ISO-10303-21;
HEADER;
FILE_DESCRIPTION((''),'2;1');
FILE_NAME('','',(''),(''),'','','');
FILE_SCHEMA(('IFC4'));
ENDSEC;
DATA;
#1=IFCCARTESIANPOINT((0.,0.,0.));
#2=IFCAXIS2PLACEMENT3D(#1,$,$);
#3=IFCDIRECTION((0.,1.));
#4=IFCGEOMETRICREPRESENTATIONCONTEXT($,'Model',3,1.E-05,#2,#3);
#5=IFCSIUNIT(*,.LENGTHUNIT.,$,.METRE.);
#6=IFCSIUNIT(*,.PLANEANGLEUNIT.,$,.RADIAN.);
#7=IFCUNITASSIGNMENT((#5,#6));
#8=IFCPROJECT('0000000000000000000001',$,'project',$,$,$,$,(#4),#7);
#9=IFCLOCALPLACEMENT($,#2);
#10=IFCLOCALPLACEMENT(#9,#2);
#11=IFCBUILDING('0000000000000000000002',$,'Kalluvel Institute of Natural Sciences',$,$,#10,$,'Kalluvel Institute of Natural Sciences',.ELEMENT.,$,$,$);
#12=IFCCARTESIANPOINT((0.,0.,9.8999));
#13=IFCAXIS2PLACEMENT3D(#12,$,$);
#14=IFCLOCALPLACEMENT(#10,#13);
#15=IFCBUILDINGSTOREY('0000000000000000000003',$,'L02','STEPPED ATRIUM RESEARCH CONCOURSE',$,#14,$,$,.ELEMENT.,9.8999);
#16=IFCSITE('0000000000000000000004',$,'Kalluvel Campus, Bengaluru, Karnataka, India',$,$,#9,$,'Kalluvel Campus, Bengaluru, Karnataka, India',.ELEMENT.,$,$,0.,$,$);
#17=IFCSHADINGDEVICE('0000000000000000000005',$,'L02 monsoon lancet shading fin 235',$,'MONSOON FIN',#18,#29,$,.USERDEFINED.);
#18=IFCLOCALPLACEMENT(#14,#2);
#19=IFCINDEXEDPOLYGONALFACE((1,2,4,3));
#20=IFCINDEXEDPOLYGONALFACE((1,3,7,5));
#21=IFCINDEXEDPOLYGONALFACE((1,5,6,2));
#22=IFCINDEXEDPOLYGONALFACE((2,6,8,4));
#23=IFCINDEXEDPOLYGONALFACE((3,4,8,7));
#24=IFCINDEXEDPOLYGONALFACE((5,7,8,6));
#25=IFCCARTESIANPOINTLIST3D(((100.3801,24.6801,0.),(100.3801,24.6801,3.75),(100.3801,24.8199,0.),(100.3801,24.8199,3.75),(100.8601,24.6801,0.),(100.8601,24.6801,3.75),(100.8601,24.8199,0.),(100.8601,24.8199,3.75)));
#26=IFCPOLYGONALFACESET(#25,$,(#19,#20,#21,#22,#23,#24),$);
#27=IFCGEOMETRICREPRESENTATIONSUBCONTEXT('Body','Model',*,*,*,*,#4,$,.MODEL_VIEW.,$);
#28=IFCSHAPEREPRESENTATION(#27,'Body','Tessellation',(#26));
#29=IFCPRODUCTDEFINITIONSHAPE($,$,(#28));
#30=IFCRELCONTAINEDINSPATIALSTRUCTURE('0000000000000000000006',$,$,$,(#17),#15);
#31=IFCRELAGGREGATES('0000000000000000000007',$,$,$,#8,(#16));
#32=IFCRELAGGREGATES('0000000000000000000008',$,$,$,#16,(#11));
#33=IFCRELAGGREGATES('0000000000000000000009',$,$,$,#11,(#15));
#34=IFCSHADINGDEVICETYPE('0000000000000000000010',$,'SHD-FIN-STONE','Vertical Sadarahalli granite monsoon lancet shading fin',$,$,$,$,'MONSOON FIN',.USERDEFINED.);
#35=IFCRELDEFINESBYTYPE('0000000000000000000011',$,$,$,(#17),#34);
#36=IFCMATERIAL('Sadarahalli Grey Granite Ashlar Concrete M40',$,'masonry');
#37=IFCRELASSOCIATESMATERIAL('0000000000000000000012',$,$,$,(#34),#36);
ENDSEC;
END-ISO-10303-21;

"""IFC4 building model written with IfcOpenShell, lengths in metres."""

from ifc_helpers import new_model, si_unit, direction, frame, origin, origin_2d, place, context, subcontext, project, spatial, rectangle, extrude, material, type_object, element, save


model = new_model("IFC4")

# Units and contexts
model_context = context("Model", 3, precision=1e-05, world=origin(), true_north=direction((0.0, 1.0)))
body_context = subcontext(model_context, "Body", "Model", "MODEL_VIEW")
ifc_project = project(units=[si_unit("LENGTHUNIT", "METRE"), si_unit("PLANEANGLEUNIT", "RADIAN")], contexts=[model_context])

# Site, building, storey
site_placement = place(None, origin())
site = spatial("IfcSite", under=ifc_project, at=site_placement, Name="Kalluvel Campus, Bengaluru, Karnataka, India", LongName="Kalluvel Campus, Bengaluru, Karnataka, India", CompositionType="ELEMENT", RefElevation=0.0)
building_placement = place(site_placement, origin())
building = spatial("IfcBuilding", under=site, at=building_placement, Name="Kalluvel Institute of Natural Sciences", LongName="Kalluvel Institute of Natural Sciences", CompositionType="ELEMENT")
storey_placement = place(building_placement, frame((0.0, 0.0, 9.8999)))
storey = spatial("IfcBuildingStorey", under=building, at=storey_placement, Name="L02", Description="STEPPED ATRIUM RESEARCH CONCOURSE", CompositionType="ELEMENT", Elevation=9.8999)

# Shared definitions
ifc_material_1 = material(Name="Sadarahalli Grey Granite Ashlar Concrete M40", Category="masonry")

# Shading device
shading_device_type = type_object("IfcShadingDeviceType", Name="SHD-FIN-STONE", Description="Vertical Sadarahalli granite monsoon lancet shading fin", ElementType="MONSOON FIN", PredefinedType="USERDEFINED", material=ifc_material_1)
for number, where, z_axis, x_axis, name in (
    (1, (100.6201, 24.75, 0.0), (0.0, 0.0, 1.0), (0.0, 1.0, 0.0), "L02 monsoon lancet shading fin 235"),
):
    element("IfcShadingDevice", number, at=place(storey_placement, frame(where, z_axis=z_axis, x_axis=x_axis)), inside=storey, type_object=shading_device_type, Name=name, ObjectType="MONSOON FIN", PredefinedType="USERDEFINED", context=body_context, shape_type="SweptSolid", body=[
        extrude(rectangle(XDim=0.1399, YDim=0.48, at=origin_2d()), origin(), (0.0, 0.0, 1.0), 3.75),
    ])

save(model, "model.ifc")
